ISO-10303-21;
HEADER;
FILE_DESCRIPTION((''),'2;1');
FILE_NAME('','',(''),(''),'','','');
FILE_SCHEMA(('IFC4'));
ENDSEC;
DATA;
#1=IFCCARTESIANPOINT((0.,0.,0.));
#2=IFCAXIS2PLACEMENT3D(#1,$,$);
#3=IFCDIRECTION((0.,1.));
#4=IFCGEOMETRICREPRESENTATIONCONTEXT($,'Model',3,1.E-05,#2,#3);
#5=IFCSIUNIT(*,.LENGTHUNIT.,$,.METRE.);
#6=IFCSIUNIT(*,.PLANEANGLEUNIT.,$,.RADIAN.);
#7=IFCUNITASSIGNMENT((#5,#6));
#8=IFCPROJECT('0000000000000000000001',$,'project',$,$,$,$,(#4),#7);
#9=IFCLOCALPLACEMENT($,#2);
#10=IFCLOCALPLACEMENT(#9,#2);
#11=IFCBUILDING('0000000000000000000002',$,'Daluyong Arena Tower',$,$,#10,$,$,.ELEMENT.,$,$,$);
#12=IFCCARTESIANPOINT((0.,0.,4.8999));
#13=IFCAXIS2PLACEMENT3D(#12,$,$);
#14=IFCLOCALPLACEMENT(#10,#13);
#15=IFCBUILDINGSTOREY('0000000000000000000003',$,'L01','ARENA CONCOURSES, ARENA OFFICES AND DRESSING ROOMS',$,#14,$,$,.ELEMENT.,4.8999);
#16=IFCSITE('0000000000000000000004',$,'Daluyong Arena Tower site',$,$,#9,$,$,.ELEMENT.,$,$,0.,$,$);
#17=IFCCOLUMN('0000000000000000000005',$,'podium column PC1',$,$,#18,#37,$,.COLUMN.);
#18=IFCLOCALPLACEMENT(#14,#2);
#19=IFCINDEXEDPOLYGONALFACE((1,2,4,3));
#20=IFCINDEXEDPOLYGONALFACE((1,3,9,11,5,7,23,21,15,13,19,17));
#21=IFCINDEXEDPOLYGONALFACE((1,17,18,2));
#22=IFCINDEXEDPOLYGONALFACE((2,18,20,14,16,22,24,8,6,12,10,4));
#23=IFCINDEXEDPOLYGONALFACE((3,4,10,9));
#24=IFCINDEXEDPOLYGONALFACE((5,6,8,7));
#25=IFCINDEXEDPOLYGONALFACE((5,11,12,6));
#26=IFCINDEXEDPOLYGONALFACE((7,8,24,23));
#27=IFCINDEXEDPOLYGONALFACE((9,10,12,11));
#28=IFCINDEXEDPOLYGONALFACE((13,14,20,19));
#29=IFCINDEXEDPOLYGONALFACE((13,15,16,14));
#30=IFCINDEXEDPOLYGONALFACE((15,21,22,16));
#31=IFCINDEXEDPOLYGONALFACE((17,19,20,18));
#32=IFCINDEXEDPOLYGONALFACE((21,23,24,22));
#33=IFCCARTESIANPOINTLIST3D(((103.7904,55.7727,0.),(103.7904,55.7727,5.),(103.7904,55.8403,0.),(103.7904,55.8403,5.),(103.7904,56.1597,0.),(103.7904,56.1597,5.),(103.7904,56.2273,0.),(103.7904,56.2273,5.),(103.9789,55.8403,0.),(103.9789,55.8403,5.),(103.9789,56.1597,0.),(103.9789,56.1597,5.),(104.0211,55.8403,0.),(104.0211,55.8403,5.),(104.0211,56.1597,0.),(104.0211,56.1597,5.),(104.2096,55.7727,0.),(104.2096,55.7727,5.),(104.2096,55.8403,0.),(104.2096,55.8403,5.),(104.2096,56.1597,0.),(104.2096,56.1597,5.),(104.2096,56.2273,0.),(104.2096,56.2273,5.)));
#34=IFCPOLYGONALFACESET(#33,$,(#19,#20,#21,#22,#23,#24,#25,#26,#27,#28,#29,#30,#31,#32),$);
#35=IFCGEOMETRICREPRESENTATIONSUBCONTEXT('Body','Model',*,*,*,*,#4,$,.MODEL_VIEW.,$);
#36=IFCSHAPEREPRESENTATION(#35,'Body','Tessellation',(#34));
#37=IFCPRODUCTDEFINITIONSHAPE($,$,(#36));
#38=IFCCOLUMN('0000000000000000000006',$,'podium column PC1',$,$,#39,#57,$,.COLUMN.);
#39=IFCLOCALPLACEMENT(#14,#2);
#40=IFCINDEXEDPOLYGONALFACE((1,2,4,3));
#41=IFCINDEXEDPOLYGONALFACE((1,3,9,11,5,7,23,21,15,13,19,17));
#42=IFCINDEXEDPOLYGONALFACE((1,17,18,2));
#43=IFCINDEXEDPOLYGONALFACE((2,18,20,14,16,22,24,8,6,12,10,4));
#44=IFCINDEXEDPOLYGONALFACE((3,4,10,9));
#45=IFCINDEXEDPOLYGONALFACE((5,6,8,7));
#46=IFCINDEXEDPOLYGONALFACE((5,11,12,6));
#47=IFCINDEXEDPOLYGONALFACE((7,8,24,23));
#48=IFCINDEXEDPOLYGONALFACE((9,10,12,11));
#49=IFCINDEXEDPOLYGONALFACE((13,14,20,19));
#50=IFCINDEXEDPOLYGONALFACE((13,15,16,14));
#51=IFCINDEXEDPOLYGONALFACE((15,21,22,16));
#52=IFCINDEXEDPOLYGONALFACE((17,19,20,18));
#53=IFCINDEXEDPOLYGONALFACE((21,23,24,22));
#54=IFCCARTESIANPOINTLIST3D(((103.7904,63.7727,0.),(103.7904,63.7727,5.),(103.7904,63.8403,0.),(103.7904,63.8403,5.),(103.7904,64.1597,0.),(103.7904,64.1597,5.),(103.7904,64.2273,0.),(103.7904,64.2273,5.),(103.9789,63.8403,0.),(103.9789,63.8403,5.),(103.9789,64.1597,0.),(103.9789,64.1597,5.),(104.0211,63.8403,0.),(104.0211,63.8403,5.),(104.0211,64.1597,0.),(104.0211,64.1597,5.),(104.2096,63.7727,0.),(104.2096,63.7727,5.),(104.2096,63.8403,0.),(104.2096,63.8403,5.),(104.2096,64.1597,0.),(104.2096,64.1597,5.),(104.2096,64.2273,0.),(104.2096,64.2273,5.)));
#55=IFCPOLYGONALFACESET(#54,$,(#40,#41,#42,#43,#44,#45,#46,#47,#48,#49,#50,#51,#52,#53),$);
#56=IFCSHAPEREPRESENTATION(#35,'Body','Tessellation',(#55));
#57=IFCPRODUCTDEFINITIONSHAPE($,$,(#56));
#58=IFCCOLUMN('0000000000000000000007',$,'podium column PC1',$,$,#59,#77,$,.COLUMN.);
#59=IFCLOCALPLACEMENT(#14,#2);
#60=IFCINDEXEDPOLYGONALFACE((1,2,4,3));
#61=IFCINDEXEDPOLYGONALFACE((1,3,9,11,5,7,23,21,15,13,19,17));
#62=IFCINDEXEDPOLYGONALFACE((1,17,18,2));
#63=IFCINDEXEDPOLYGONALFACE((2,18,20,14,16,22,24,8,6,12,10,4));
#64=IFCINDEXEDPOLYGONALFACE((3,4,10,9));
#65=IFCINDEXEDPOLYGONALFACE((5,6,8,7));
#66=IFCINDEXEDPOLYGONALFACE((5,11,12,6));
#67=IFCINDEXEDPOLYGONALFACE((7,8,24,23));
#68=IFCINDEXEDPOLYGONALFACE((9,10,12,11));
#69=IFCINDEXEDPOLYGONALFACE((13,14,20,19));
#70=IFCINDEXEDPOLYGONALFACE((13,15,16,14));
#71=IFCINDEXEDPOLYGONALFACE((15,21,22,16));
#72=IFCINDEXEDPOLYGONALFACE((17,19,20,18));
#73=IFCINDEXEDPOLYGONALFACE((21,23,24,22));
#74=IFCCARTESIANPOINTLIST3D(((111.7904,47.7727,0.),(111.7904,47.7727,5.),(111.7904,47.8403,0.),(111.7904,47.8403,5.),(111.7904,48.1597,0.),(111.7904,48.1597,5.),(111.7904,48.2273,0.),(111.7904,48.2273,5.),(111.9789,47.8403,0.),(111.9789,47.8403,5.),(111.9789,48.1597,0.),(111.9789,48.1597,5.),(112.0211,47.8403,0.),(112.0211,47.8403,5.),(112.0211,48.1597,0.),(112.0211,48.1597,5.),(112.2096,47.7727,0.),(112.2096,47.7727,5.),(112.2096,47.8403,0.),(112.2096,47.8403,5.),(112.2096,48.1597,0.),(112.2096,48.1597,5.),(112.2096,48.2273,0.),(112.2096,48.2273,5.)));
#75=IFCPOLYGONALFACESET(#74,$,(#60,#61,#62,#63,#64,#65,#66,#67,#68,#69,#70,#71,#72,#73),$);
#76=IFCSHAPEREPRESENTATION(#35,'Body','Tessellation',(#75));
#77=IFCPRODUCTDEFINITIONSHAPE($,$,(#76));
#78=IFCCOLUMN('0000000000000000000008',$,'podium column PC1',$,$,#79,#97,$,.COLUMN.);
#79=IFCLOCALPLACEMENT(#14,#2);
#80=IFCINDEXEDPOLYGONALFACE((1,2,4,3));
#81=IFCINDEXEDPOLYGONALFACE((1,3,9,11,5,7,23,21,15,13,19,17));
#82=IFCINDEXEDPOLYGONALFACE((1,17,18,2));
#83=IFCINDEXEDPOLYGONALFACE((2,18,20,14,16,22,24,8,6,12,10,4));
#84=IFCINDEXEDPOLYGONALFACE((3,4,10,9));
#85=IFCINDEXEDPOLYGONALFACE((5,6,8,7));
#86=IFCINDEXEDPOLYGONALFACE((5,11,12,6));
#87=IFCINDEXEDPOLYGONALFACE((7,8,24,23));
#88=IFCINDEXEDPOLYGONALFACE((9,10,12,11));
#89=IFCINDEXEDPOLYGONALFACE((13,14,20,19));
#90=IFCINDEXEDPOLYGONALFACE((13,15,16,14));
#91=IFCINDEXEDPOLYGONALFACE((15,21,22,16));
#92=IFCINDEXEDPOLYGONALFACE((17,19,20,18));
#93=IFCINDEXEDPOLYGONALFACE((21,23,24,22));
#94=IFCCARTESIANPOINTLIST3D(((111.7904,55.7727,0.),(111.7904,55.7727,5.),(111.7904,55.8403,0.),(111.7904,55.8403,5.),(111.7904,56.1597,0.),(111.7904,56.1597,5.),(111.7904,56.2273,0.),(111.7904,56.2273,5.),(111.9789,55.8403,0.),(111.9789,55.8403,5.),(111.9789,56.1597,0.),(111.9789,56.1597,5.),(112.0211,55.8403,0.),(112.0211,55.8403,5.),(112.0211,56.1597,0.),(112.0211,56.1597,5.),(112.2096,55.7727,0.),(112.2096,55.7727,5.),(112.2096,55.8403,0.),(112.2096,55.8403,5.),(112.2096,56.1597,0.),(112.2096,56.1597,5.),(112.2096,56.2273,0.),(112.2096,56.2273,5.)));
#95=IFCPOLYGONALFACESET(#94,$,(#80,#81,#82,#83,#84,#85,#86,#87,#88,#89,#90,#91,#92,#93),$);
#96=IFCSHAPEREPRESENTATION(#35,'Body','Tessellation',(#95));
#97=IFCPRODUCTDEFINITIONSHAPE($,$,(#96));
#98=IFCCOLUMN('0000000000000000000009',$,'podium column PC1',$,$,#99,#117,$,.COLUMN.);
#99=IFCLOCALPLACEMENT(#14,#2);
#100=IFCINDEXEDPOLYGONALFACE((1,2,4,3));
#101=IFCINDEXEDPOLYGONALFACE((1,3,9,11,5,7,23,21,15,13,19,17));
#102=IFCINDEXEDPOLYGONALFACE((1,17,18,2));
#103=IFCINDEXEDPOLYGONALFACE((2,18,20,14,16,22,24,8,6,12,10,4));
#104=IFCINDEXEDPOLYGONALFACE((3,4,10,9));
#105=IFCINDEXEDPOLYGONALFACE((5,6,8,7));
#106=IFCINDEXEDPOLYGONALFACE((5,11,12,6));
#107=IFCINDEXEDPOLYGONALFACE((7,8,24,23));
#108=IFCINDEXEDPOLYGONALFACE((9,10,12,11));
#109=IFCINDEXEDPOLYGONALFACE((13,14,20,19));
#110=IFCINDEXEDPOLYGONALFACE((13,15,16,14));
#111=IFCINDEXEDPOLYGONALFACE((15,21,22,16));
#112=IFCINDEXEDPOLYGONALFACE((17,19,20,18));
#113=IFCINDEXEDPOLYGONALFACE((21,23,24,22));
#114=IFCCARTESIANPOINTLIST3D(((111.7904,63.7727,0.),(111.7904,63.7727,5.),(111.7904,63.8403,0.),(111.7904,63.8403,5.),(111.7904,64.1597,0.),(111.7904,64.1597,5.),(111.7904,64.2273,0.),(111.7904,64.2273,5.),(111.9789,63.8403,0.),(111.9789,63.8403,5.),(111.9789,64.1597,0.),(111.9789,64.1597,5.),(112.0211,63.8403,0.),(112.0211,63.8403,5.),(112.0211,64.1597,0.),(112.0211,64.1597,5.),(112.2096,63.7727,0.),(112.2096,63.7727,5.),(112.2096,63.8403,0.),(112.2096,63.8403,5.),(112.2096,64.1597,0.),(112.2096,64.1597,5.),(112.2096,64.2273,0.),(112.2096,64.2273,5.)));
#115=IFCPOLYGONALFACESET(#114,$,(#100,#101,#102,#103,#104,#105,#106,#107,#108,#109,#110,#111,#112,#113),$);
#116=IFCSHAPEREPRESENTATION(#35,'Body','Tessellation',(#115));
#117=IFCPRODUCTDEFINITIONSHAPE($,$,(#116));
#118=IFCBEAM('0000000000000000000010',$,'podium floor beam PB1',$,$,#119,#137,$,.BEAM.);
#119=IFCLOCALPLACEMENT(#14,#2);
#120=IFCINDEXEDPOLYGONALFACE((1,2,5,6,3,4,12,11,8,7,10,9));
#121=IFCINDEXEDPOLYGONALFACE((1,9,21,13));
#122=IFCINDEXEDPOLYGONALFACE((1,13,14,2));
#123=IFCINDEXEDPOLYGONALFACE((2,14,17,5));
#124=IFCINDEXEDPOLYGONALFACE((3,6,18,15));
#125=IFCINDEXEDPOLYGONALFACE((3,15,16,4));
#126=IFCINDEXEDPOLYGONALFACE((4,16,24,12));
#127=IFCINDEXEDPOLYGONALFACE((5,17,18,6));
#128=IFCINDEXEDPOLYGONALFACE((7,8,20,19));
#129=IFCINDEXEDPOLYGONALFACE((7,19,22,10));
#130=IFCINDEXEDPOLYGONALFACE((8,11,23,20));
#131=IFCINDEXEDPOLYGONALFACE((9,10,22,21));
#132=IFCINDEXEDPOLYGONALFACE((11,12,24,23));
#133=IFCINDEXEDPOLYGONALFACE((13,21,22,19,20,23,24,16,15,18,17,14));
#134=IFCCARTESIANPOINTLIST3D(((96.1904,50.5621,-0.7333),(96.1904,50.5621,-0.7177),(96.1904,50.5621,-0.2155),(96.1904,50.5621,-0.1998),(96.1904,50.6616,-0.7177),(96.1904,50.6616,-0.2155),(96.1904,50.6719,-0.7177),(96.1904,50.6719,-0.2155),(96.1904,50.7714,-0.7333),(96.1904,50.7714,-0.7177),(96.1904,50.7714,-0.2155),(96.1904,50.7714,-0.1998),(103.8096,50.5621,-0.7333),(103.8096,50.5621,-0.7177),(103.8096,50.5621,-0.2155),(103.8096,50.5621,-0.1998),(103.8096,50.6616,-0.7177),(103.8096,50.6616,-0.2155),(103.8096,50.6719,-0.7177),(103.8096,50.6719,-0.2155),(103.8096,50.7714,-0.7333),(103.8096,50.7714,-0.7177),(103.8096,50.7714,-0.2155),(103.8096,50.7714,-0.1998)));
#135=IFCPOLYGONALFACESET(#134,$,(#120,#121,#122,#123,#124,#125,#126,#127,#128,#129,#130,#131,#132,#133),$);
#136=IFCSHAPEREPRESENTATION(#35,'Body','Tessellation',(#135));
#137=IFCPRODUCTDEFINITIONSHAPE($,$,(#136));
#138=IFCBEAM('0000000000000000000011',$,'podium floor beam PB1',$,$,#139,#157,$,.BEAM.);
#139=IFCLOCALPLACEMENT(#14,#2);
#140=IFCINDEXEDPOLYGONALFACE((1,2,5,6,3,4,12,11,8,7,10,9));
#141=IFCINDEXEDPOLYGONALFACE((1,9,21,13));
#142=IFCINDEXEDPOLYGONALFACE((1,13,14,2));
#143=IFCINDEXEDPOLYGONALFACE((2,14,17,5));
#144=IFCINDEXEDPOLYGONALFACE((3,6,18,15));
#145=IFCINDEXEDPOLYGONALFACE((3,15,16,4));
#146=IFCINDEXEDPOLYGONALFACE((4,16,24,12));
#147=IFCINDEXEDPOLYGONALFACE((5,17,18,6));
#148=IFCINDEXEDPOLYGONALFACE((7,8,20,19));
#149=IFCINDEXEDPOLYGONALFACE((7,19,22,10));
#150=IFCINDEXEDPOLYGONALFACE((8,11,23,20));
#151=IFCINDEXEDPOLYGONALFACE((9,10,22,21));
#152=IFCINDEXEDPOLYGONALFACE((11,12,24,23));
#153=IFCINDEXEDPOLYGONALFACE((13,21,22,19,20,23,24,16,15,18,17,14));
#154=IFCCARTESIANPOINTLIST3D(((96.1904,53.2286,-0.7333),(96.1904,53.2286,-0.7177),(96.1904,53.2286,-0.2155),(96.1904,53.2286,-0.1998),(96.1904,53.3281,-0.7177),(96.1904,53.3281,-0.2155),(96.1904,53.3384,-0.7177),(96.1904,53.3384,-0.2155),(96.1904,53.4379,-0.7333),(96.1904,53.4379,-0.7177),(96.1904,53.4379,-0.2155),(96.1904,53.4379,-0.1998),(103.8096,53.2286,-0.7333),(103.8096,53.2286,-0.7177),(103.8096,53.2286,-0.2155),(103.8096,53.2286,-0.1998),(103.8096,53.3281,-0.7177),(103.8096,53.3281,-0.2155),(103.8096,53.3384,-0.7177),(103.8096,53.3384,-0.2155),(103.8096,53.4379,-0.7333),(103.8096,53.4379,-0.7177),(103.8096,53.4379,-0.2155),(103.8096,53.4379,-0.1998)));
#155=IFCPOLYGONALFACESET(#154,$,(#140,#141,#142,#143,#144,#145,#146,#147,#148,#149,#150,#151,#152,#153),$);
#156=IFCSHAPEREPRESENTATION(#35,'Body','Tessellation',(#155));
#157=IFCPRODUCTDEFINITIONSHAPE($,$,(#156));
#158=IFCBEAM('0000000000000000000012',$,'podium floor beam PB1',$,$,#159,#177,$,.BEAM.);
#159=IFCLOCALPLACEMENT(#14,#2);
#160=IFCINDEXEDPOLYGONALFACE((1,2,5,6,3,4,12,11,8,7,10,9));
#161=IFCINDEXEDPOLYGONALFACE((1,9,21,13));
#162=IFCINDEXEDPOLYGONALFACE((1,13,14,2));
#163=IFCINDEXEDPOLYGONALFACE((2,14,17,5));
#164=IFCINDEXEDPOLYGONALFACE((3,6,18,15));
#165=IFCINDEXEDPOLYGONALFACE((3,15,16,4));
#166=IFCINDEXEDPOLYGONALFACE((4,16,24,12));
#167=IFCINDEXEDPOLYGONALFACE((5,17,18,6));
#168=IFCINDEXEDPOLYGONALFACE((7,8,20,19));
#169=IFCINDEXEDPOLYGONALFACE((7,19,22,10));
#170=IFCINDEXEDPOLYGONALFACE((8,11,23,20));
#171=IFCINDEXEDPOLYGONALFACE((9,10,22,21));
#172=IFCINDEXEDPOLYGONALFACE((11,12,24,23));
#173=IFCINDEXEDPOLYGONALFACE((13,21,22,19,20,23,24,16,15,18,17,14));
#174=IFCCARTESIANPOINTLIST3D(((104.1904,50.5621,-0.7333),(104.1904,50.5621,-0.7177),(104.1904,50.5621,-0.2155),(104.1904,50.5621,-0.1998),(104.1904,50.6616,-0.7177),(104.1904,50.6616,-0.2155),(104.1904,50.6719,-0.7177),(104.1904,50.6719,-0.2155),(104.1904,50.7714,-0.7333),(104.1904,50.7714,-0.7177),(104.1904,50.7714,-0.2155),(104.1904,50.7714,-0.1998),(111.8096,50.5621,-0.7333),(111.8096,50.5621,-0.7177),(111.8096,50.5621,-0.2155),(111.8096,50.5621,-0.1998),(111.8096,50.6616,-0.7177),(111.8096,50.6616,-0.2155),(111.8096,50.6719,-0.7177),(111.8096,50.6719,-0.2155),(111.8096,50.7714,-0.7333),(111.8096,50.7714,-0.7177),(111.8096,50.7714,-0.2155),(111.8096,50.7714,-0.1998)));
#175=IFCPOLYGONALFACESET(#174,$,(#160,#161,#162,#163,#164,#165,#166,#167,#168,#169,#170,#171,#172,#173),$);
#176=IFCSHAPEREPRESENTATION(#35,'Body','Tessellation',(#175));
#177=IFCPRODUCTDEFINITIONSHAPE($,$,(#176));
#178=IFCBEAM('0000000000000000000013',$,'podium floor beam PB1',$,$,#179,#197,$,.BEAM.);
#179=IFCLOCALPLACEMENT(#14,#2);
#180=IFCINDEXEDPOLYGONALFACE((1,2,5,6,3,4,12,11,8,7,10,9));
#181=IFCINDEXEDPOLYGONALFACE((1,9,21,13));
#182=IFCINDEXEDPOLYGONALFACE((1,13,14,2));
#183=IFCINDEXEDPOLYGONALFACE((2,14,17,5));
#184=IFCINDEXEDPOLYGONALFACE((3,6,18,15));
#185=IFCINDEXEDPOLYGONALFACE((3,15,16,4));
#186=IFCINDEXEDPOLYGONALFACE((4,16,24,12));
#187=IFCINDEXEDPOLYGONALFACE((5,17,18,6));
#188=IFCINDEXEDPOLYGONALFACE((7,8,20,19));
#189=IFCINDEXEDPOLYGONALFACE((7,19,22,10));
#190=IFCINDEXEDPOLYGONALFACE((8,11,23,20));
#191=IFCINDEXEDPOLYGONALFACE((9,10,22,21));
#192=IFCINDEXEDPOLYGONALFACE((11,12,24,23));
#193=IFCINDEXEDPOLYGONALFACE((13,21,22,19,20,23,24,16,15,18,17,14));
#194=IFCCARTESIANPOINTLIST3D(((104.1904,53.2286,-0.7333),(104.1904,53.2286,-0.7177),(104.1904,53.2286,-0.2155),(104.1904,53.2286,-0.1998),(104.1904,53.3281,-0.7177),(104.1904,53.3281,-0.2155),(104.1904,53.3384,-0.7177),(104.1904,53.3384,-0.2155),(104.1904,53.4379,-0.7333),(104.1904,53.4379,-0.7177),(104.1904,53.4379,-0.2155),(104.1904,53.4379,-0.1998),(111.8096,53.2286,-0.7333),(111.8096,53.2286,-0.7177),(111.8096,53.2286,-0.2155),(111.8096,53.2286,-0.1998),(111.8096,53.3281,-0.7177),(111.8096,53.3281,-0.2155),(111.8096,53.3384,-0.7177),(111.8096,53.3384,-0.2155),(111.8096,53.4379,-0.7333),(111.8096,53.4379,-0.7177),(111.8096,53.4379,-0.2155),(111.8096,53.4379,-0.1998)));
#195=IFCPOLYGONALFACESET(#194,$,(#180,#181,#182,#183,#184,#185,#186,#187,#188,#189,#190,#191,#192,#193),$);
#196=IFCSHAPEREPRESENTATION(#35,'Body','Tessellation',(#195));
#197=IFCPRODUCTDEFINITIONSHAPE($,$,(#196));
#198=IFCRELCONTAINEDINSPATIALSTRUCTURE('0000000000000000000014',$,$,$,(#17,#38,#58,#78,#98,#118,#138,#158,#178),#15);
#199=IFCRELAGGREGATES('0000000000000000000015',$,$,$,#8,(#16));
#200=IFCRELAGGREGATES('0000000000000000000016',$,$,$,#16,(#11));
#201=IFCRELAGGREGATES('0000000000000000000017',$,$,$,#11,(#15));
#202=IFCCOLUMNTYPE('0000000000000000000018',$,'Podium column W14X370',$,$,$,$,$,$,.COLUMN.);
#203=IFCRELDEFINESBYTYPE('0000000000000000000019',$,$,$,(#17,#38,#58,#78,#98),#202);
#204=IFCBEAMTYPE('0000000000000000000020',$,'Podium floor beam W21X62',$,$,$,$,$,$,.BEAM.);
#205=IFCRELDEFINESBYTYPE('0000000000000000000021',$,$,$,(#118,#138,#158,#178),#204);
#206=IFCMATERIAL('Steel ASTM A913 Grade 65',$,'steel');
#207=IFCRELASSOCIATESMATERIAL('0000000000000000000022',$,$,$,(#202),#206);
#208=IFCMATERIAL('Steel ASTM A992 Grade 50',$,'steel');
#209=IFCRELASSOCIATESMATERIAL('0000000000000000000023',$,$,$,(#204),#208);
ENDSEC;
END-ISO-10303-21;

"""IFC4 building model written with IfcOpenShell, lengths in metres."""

from ifc_helpers import new_model, si_unit, direction, frame, origin, origin_2d, place, context, subcontext, project, spatial, i_section, extrude, material, material_profile, profile_set, type_object, element, save


model = new_model("IFC4")

# Units and contexts
model_context = context("Model", 3, precision=1e-05, world=origin(), true_north=direction((0.0, 1.0)))
body_context = subcontext(model_context, "Body", "Model", "MODEL_VIEW")
ifc_project = project(units=[si_unit("LENGTHUNIT", "METRE"), si_unit("PLANEANGLEUNIT", "RADIAN")], contexts=[model_context])

# Site, building, storey
site_placement = place(None, origin())
site = spatial("IfcSite", under=ifc_project, at=site_placement, Name="Daluyong Arena Tower site", CompositionType="ELEMENT", RefElevation=0.0)
building_placement = place(site_placement, origin())
building = spatial("IfcBuilding", under=site, at=building_placement, Name="Daluyong Arena Tower", CompositionType="ELEMENT")
storey_placement = place(building_placement, frame((0.0, 0.0, 4.8999)))
storey = spatial("IfcBuildingStorey", under=building, at=storey_placement, Name="L01", Description="ARENA CONCOURSES, ARENA OFFICES AND DRESSING ROOMS", CompositionType="ELEMENT", Elevation=4.8999)

# Columns
ifc_material_1 = material(Name="Steel ASTM A913 Grade 65", Category="steel")
ifc_material_profile_1 = material_profile(ifc_material_1, i_section(OverallWidth=0.4192, OverallDepth=0.4546, WebThickness=0.0422, FlangeThickness=0.0676, at=origin_2d()))
ifc_profile_set_1 = profile_set([ifc_material_profile_1], Name="Steel ASTM A913 Grade 65")
column_type = type_object("IfcColumnType", Name="Podium column W14X370", PredefinedType="COLUMN", material=ifc_profile_set_1)
for number, where, z_axis, x_axis, name in (
    (1, (104.0, 56.0, 0.0), (0.0, 0.0, 1.0), (1.0, 0.0, 0.0), "podium column PC1"),
    (2, (104.0, 64.0, 0.0), (0.0, 0.0, 1.0), (1.0, 0.0, 0.0), "podium column PC1"),
    (3, (112.0, 48.0, 0.0), (0.0, 0.0, 1.0), (1.0, 0.0, 0.0), "podium column PC1"),
    (4, (112.0, 56.0, 0.0), (0.0, 0.0, 1.0), (1.0, 0.0, 0.0), "podium column PC1"),
    (5, (112.0, 64.0, 0.0), (0.0, 0.0, 1.0), (1.0, 0.0, 0.0), "podium column PC1"),
):
    element("IfcColumn", number, at=place(storey_placement, frame(where, z_axis=z_axis, x_axis=x_axis)), inside=storey, type_object=column_type, Name=name, PredefinedType="COLUMN", context=body_context, shape_type="SweptSolid", body=[
        extrude(i_section(OverallWidth=0.4192, OverallDepth=0.4546, WebThickness=0.0422, FlangeThickness=0.0676, at=origin_2d()), origin(), (0.0, 0.0, 1.0), 5.0),
    ])

# Beams
ifc_material_2 = material(Name="Steel ASTM A992 Grade 50", Category="steel")
ifc_material_profile_2 = material_profile(ifc_material_2, i_section(OverallWidth=0.2092, OverallDepth=0.5334, WebThickness=0.0103, FlangeThickness=0.0156, at=origin_2d()))
ifc_profile_set_2 = profile_set([ifc_material_profile_2], Name="Steel ASTM A992 Grade 50")
beam_type_1 = type_object("IfcBeamType", Name="Podium floor beam W21X62", PredefinedType="BEAM", material=ifc_profile_set_2)
for number, where, z_axis, x_axis, name in (
    (6, (96.1904, 50.6667, -0.4666), (1.0, 0.0, 0.0), (0.0, 1.0, 0.0), "podium floor beam PB1"),
    (7, (96.1904, 53.3333, -0.4666), (1.0, 0.0, 0.0), (0.0, 1.0, 0.0), "podium floor beam PB1"),
    (8, (104.1904, 50.6667, -0.4666), (1.0, 0.0, 0.0), (0.0, 1.0, 0.0), "podium floor beam PB1"),
    (9, (104.1904, 53.3333, -0.4666), (1.0, 0.0, 0.0), (0.0, 1.0, 0.0), "podium floor beam PB1"),
):
    element("IfcBeam", number, at=place(storey_placement, frame(where, z_axis=z_axis, x_axis=x_axis)), inside=storey, type_object=beam_type_1, Name=name, PredefinedType="BEAM", context=body_context, shape_type="SweptSolid", body=[
        extrude(i_section(OverallWidth=0.2092, OverallDepth=0.5334, WebThickness=0.0103, FlangeThickness=0.0156, at=origin_2d()), origin(), (0.0, 0.0, 1.0), 7.6191),
    ])

save(model, "model.ifc")
